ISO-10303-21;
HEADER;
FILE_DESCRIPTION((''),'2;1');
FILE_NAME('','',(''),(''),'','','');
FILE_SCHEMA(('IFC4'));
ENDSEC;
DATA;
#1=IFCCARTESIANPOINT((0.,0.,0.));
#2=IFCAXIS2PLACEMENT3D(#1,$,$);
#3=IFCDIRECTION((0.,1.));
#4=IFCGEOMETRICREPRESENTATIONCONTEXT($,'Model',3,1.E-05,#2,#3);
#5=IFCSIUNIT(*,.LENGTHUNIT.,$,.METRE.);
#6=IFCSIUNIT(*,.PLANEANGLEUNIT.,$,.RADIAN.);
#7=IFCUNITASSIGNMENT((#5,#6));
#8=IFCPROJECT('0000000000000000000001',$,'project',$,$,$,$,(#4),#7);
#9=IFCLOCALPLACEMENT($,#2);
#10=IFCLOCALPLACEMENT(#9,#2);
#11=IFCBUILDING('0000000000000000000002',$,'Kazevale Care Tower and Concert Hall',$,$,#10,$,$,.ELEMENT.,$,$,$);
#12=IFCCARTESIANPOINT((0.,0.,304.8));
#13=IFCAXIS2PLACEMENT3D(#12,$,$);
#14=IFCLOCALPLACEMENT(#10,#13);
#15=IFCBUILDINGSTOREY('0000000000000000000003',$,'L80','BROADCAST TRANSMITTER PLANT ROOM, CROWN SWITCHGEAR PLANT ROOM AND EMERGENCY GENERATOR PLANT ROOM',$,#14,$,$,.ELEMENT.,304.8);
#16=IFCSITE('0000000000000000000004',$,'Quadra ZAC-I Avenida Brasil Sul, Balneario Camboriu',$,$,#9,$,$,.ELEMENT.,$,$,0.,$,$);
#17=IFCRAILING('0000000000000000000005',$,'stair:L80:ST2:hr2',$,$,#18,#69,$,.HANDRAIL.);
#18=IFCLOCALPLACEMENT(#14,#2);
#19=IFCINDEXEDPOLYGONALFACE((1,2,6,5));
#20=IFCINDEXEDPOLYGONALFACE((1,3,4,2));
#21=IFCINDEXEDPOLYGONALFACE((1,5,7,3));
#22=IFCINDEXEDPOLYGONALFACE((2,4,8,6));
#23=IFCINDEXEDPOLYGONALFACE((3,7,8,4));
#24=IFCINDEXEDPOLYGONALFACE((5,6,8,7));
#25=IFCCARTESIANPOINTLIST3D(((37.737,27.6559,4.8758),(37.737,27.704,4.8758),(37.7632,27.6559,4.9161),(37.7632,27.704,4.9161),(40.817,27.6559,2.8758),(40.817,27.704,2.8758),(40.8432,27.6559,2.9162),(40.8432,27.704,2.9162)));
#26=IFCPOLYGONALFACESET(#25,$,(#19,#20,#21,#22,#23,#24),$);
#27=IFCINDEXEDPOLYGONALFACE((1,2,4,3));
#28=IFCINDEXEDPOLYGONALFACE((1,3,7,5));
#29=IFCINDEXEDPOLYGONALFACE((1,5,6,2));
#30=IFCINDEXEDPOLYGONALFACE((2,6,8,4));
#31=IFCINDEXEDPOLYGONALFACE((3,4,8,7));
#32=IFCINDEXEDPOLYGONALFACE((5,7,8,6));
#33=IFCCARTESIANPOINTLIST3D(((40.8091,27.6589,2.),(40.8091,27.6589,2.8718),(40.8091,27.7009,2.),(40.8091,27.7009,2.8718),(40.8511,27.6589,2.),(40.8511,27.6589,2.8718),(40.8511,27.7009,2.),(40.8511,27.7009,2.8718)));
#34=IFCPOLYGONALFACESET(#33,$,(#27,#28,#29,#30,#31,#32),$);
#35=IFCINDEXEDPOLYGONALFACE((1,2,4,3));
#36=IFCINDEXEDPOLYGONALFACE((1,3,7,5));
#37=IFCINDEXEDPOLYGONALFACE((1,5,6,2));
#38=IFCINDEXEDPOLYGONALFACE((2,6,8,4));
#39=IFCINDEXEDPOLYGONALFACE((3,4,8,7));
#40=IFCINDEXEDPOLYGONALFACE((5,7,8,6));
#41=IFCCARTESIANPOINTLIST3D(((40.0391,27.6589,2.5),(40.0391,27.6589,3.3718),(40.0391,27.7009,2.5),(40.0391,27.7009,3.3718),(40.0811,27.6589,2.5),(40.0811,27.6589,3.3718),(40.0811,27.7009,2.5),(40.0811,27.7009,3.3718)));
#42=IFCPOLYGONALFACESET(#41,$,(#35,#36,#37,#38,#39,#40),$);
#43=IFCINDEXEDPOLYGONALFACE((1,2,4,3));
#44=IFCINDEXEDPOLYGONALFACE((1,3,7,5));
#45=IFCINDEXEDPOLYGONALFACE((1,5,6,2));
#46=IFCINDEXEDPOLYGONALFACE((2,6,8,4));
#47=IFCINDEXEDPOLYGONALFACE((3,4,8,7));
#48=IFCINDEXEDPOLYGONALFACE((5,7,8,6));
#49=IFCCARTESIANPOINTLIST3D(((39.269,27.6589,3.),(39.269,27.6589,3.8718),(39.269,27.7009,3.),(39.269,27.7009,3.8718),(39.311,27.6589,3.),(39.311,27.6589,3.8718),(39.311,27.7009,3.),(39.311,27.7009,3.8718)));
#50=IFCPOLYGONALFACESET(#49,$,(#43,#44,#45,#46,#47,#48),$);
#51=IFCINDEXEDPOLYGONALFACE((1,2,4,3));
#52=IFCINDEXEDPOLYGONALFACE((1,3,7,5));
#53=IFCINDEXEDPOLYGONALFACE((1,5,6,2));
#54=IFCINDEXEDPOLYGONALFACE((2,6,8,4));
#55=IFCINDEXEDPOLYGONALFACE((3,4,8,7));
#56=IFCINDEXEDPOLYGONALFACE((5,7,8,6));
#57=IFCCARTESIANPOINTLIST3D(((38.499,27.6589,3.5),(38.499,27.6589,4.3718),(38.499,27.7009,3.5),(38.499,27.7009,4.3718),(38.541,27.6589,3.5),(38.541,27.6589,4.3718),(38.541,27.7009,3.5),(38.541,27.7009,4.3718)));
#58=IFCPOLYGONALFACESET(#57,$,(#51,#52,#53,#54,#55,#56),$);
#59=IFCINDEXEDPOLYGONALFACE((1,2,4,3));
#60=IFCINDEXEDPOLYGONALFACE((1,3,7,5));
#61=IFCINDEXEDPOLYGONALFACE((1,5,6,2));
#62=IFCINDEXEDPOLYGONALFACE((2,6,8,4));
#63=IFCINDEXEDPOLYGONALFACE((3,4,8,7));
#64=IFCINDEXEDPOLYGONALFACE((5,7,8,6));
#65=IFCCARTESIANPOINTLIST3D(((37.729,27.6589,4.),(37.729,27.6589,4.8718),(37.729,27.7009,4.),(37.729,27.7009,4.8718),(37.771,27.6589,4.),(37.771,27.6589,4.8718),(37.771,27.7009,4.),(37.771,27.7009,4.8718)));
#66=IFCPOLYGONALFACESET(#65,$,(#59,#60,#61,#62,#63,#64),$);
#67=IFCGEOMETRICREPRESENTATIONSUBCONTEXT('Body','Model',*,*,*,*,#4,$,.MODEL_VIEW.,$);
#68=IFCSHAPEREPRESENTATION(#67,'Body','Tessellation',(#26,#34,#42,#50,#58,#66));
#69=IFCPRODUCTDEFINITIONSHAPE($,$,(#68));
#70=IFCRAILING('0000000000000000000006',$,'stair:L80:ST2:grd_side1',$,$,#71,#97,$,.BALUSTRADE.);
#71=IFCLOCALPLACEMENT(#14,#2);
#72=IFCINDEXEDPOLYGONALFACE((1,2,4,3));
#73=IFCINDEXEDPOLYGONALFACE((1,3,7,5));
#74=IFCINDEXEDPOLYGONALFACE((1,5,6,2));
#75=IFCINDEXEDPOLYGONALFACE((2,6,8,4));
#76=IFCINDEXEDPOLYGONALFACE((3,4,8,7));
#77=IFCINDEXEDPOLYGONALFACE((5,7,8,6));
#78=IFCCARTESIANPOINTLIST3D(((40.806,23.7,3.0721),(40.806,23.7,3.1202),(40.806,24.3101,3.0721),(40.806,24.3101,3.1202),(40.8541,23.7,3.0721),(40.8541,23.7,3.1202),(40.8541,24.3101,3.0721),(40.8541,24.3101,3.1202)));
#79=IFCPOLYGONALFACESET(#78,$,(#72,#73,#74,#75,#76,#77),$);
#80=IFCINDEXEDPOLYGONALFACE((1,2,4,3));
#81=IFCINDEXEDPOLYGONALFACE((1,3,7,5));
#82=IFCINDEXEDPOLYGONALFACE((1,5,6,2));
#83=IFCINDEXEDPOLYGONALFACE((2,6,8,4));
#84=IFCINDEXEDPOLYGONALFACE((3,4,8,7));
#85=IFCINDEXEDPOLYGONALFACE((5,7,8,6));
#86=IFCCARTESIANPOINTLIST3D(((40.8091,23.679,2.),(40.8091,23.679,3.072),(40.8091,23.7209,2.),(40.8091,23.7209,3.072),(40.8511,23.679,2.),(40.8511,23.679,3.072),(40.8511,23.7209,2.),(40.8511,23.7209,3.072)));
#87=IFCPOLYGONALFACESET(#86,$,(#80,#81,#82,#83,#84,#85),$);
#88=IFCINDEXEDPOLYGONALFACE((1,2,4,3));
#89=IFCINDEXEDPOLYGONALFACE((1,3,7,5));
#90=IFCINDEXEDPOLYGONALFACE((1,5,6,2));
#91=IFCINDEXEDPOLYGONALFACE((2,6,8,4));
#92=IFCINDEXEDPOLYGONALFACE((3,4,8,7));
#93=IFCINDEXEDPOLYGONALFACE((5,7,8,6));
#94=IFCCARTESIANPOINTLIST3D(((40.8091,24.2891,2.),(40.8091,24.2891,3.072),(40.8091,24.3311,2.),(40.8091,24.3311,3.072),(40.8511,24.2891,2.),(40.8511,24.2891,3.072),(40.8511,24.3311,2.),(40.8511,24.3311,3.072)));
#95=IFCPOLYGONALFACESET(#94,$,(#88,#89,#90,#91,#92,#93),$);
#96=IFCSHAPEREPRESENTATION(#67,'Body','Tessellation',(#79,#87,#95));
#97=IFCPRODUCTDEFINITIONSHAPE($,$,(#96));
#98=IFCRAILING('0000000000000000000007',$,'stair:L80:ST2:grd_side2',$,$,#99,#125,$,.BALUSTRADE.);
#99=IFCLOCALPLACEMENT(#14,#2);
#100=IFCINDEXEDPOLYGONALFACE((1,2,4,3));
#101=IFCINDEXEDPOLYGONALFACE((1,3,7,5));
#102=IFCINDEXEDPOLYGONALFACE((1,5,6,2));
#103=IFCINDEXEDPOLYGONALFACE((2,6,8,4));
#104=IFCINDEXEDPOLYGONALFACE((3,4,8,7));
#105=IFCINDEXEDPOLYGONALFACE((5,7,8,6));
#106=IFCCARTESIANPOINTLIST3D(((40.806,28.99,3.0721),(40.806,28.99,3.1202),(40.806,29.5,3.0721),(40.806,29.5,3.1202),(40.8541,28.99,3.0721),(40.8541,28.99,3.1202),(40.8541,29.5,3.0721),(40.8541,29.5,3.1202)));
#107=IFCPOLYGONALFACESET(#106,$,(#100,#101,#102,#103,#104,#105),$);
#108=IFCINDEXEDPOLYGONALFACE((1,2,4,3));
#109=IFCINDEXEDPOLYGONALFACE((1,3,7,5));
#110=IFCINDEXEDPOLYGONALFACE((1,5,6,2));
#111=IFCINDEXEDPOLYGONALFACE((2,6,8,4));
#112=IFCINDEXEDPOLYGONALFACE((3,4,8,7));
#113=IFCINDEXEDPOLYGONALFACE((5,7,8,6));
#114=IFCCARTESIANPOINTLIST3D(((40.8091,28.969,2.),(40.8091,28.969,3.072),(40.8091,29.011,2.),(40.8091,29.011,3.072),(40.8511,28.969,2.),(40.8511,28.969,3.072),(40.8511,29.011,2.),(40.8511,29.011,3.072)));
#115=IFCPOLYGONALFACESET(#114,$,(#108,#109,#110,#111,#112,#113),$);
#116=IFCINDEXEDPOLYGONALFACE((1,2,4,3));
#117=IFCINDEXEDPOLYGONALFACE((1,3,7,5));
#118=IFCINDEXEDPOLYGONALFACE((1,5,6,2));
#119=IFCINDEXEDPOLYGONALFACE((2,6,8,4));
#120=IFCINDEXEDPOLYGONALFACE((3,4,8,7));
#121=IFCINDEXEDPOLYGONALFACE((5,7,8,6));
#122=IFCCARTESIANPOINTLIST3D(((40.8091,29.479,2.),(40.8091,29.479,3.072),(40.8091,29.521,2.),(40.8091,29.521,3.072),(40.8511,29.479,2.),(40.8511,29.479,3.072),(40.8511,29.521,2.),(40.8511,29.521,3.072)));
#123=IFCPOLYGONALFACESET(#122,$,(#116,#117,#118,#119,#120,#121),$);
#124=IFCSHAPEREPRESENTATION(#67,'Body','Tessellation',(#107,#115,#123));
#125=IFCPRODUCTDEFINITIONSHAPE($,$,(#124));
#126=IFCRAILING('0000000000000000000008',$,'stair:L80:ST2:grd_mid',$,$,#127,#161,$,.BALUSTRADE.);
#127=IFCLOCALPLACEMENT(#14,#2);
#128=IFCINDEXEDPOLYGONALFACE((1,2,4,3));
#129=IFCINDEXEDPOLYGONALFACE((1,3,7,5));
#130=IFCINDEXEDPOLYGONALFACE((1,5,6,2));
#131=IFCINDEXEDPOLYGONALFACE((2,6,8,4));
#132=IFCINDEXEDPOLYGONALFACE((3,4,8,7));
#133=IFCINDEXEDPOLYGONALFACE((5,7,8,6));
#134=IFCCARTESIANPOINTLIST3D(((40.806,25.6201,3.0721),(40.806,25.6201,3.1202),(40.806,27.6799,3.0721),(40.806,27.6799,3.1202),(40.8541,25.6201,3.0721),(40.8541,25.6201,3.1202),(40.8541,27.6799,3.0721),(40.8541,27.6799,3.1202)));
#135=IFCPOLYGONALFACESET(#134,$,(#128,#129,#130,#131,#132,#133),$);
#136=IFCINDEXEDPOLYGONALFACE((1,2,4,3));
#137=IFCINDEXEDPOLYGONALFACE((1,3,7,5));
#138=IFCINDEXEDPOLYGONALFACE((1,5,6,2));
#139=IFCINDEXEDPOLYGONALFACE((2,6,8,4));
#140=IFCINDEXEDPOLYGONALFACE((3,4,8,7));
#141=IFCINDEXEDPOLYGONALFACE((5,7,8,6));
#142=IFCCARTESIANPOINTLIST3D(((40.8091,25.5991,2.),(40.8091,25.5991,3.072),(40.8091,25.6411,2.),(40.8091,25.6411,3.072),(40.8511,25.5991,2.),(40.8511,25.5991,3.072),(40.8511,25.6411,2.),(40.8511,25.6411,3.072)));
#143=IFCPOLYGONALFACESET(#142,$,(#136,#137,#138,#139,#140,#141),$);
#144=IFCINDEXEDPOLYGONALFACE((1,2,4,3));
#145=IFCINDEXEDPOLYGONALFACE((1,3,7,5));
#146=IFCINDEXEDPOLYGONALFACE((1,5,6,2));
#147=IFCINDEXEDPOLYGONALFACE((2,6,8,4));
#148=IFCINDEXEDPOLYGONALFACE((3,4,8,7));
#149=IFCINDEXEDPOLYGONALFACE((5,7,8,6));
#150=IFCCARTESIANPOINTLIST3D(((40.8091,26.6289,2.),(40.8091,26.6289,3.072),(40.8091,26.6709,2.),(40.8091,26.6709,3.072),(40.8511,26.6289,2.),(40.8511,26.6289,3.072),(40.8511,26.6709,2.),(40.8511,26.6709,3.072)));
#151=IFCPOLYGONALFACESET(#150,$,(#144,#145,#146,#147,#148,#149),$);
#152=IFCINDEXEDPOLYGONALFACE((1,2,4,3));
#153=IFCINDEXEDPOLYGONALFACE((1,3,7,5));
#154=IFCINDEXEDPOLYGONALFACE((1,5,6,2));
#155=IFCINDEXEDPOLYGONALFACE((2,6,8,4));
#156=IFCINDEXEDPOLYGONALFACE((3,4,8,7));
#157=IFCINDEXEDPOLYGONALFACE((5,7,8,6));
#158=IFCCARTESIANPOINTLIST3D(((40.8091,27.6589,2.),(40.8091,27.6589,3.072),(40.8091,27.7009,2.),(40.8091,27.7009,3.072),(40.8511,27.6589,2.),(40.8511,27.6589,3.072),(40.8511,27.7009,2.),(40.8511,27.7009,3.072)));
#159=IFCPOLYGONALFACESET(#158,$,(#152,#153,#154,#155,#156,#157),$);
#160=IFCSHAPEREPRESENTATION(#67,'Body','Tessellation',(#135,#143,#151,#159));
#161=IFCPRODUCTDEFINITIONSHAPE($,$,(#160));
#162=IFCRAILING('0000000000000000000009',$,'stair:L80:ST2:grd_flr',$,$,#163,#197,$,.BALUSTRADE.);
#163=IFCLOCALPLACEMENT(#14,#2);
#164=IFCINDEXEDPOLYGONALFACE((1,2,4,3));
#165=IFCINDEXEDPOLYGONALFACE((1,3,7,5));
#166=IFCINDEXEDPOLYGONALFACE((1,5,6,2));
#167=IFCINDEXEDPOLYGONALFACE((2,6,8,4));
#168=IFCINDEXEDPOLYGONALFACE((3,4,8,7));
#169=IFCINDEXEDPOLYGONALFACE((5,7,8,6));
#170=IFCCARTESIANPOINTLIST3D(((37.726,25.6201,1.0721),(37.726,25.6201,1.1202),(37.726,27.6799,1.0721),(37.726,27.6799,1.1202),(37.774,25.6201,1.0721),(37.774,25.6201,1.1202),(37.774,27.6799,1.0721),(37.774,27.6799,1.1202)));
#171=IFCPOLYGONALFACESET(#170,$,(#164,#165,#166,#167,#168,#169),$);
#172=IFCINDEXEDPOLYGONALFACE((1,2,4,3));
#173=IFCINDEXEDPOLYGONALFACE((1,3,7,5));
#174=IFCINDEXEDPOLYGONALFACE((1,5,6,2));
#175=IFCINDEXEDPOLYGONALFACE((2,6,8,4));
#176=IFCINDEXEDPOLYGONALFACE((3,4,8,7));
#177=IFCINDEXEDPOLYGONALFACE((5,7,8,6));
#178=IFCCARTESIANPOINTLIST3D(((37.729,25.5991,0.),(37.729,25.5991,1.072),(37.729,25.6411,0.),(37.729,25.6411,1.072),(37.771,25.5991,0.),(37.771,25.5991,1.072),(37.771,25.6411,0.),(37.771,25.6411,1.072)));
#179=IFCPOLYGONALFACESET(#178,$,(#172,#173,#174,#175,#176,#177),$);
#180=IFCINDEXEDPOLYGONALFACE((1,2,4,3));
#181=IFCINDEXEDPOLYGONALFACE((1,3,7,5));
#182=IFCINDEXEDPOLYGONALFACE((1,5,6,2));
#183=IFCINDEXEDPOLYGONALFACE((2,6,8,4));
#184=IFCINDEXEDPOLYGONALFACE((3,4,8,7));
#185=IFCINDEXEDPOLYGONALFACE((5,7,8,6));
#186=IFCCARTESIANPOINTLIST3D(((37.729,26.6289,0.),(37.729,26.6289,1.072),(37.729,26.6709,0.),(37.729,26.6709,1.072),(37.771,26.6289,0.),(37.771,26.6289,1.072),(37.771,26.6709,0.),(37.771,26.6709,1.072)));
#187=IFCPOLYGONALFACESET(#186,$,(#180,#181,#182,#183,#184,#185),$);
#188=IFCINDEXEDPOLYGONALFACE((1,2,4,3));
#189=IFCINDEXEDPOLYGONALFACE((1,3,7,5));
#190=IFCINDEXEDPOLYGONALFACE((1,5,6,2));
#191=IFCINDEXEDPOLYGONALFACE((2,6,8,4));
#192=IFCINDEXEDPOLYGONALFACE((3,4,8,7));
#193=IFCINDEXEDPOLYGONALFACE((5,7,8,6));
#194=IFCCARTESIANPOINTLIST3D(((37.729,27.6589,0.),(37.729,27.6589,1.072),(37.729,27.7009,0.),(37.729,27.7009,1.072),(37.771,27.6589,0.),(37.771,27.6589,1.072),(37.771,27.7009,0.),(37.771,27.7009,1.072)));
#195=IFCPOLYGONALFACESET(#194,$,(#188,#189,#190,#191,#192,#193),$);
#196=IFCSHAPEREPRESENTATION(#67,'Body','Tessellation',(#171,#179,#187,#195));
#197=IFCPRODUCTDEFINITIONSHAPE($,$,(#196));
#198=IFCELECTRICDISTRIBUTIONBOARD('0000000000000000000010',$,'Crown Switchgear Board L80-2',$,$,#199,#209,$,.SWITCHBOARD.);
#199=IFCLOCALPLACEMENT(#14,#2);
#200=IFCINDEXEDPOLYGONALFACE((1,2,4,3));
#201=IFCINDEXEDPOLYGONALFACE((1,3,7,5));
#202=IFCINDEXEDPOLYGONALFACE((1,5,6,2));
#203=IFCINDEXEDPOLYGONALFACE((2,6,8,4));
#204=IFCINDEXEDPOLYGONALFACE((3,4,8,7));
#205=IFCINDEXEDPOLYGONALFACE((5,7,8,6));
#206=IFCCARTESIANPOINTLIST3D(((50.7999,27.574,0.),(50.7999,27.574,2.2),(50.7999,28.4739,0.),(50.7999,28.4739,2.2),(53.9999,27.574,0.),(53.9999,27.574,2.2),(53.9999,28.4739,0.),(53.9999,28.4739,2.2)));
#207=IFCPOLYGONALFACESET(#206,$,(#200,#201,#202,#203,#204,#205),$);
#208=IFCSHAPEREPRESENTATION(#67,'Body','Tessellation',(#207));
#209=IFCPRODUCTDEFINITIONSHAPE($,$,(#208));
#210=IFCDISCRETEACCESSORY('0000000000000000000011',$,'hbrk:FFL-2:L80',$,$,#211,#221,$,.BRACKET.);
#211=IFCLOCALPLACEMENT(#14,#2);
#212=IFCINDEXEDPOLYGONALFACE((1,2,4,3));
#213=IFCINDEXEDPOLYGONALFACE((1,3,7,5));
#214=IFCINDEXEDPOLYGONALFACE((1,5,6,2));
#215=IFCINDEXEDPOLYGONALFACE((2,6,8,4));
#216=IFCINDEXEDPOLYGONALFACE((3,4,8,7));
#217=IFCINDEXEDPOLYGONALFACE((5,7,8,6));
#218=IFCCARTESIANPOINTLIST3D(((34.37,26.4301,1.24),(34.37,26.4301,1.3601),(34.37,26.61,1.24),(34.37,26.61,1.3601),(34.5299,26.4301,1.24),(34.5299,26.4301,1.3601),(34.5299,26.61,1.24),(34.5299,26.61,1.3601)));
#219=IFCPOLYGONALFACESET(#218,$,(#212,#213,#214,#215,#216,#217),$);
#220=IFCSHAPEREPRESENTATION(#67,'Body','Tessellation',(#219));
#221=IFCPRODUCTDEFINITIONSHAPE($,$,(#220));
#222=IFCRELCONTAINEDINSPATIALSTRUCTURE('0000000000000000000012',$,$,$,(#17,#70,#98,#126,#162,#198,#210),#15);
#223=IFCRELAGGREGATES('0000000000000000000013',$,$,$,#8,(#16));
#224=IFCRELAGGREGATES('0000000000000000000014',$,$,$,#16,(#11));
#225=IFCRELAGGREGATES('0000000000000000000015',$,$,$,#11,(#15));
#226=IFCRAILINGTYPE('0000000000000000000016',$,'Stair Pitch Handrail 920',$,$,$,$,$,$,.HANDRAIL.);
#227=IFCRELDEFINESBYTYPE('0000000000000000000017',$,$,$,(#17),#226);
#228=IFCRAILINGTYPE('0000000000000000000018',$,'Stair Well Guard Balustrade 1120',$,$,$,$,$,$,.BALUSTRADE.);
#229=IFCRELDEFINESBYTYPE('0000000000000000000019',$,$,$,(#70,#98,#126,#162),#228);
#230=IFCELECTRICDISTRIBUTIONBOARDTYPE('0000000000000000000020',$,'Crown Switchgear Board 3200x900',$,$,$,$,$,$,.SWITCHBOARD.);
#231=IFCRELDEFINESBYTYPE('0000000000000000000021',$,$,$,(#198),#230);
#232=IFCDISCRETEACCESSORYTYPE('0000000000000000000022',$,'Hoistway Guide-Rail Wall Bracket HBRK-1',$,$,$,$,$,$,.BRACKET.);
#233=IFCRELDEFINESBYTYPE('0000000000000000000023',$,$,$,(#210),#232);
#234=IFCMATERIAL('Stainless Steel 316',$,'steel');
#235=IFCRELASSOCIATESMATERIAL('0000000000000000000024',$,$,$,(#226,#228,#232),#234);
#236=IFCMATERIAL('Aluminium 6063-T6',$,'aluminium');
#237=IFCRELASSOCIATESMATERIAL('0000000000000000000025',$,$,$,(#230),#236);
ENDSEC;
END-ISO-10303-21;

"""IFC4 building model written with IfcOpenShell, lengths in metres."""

from ifc_helpers import new_model, si_unit, direction, frame, origin, origin_2d, place, context, subcontext, project, spatial, rectangle, extrude, material, type_object, element, save


model = new_model("IFC4")

# Units and contexts
model_context = context("Model", 3, precision=1e-05, world=origin(), true_north=direction((0.0, 1.0)))
body_context = subcontext(model_context, "Body", "Model", "MODEL_VIEW")
ifc_project = project(units=[si_unit("LENGTHUNIT", "METRE"), si_unit("PLANEANGLEUNIT", "RADIAN")], contexts=[model_context])

# Site, building, storey
site_placement = place(None, origin())
site = spatial("IfcSite", under=ifc_project, at=site_placement, Name="Quadra ZAC-I Avenida Brasil Sul, Balneario Camboriu", CompositionType="ELEMENT", RefElevation=0.0)
building_placement = place(site_placement, origin())
building = spatial("IfcBuilding", under=site, at=building_placement, Name="Kazevale Care Tower and Concert Hall", CompositionType="ELEMENT")
storey_placement = place(building_placement, frame((0.0, 0.0, 304.8)))
storey = spatial("IfcBuildingStorey", under=building, at=storey_placement, Name="L80", Description="BROADCAST TRANSMITTER PLANT ROOM, CROWN SWITCHGEAR PLANT ROOM AND EMERGENCY GENERATOR PLANT ROOM", CompositionType="ELEMENT", Elevation=304.8)

# Shared definitions
ifc_material_1 = material(Name="Aluminium 6063-T6", Category="aluminium")

# Railings
ifc_material_2 = material(Name="Stainless Steel 316", Category="steel")
railing_type_1 = type_object("IfcRailingType", Name="Stair Pitch Handrail 920", PredefinedType="HANDRAIL", material=ifc_material_2)
railing_1_placement = place(storey_placement, frame((40.8301, 27.6799, 2.0)))
element("IfcRailing", 1, at=railing_1_placement, inside=storey, type_object=railing_type_1, Name="stair:L80:ST2:hr2", PredefinedType="HANDRAIL", context=body_context, shape_type="SweptSolid", body=[
    extrude(rectangle(XDim=0.0481, YDim=0.0481, at=origin_2d()), frame((0.0, 0.0, 0.896), z_axis=(-0.838699, 0.0, 0.544596), x_axis=(0.0, -1.0, 0.0)), (0.0, 0.0, 1.0), 3.6724),
    extrude(rectangle(XDim=0.042, YDim=0.042, at=origin_2d()), origin(), (0.0, 0.0, 1.0), 0.8718),
    extrude(rectangle(XDim=0.042, YDim=0.042, at=origin_2d()), frame((-0.77, 0.0, 0.5)), (0.0, 0.0, 1.0), 0.8718),
    extrude(rectangle(XDim=0.042, YDim=0.042, at=origin_2d()), frame((-1.54, 0.0, 1.0)), (0.0, 0.0, 1.0), 0.8718),
    extrude(rectangle(XDim=0.042, YDim=0.042, at=origin_2d()), frame((-2.3101, 0.0, 1.5)), (0.0, 0.0, 1.0), 0.8718),
    extrude(rectangle(XDim=0.042, YDim=0.042, at=origin_2d()), frame((-3.0801, 0.0, 2.0)), (0.0, 0.0, 1.0), 0.8718),
])
railing_type_2 = type_object("IfcRailingType", Name="Stair Well Guard Balustrade 1120", PredefinedType="BALUSTRADE", material=ifc_material_2)
railing_2_placement = place(storey_placement, frame((40.8301, 23.7, 2.0)))
element("IfcRailing", 2, at=railing_2_placement, inside=storey, type_object=railing_type_2, Name="stair:L80:ST2:grd_side1", PredefinedType="BALUSTRADE", context=body_context, shape_type="SweptSolid", body=[
    extrude(rectangle(XDim=0.0481, YDim=0.0481, at=origin_2d()), frame((0.0, 0.0, 1.0962), z_axis=(0.0, 1.0, 0.0), x_axis=(-1.0, 0.0, 0.0)), (0.0, 0.0, 1.0), 0.6101),
    extrude(rectangle(XDim=0.042, YDim=0.042, at=origin_2d()), origin(), (0.0, 0.0, 1.0), 1.072),
    extrude(rectangle(XDim=0.042, YDim=0.042, at=origin_2d()), frame((0.0, 0.6101, 0.0)), (0.0, 0.0, 1.0), 1.072),
])
railing_3_placement = place(storey_placement, frame((40.8301, 28.99, 2.0)))
element("IfcRailing", 3, at=railing_3_placement, inside=storey, type_object=railing_type_2, Name="stair:L80:ST2:grd_side2", PredefinedType="BALUSTRADE", context=body_context, shape_type="SweptSolid", body=[
    extrude(rectangle(XDim=0.0481, YDim=0.0481, at=origin_2d()), frame((0.0, 0.0, 1.0962), z_axis=(0.0, 1.0, 0.0), x_axis=(-1.0, 0.0, 0.0)), (0.0, 0.0, 1.0), 0.51),
    extrude(rectangle(XDim=0.042, YDim=0.042, at=origin_2d()), origin(), (0.0, 0.0, 1.0), 1.072),
    extrude(rectangle(XDim=0.042, YDim=0.042, at=origin_2d()), frame((0.0, 0.51, 0.0)), (0.0, 0.0, 1.0), 1.072),
])
for number, where, name in (
    (4, (40.8301, 25.6201, 2.0), "stair:L80:ST2:grd_mid"),
    (5, (37.75, 25.6201, 0.0), "stair:L80:ST2:grd_flr"),
):
    element("IfcRailing", number, at=place(storey_placement, frame(where)), inside=storey, type_object=railing_type_2, Name=name, PredefinedType="BALUSTRADE", context=body_context, shape_type="SweptSolid", body=[
        extrude(rectangle(XDim=0.0481, YDim=0.0481, at=origin_2d()), frame((0.0, 0.0, 1.0962), z_axis=(0.0, 1.0, 0.0), x_axis=(-1.0, 0.0, 0.0)), (0.0, 0.0, 1.0), 2.0598),
        extrude(rectangle(XDim=0.042, YDim=0.042, at=origin_2d()), origin(), (0.0, 0.0, 1.0), 1.072),
        extrude(rectangle(XDim=0.042, YDim=0.042, at=origin_2d()), frame((0.0, 1.0298, 0.0)), (0.0, 0.0, 1.0), 1.072),
        extrude(rectangle(XDim=0.042, YDim=0.042, at=origin_2d()), frame((0.0, 2.0598, 0.0)), (0.0, 0.0, 1.0), 1.072),
    ])

# Electric distribution board
electric_distribution_board_type = type_object("IfcElectricDistributionBoardType", Name="Crown Switchgear Board 3200x900", PredefinedType="SWITCHBOARD", material=ifc_material_1)
electric_distribution_board_placement = place(storey_placement, frame((52.3999, 28.0239, 0.0), z_axis=(0.0, 0.0, 1.0), x_axis=(1.0, 0.0, 0.0)))
element("IfcElectricDistributionBoard", 6, at=electric_distribution_board_placement, inside=storey, type_object=electric_distribution_board_type, Name="Crown Switchgear Board L80-2", PredefinedType="SWITCHBOARD", context=body_context, shape_type="SweptSolid", body=[
    extrude(rectangle(XDim=3.2, YDim=0.8999, at=origin_2d()), origin(), (0.0, 0.0, 1.0), 2.2),
])

# Discrete accessory
discrete_accessory_type = type_object("IfcDiscreteAccessoryType", Name="Hoistway Guide-Rail Wall Bracket HBRK-1", PredefinedType="BRACKET", material=ifc_material_2)
discrete_accessory_placement = place(storey_placement, frame((34.45, 26.52, 1.24), z_axis=(0.0, 0.0, 1.0), x_axis=(1.0, 0.0, 0.0)))
element("IfcDiscreteAccessory", 7, at=discrete_accessory_placement, inside=storey, type_object=discrete_accessory_type, Name="hbrk:FFL-2:L80", PredefinedType="BRACKET", context=body_context, shape_type="SweptSolid", body=[
    extrude(rectangle(XDim=0.1599, YDim=0.1799, at=origin_2d()), origin(), (0.0, 0.0, 1.0), 0.1201),
])

save(model, "model.ifc")
